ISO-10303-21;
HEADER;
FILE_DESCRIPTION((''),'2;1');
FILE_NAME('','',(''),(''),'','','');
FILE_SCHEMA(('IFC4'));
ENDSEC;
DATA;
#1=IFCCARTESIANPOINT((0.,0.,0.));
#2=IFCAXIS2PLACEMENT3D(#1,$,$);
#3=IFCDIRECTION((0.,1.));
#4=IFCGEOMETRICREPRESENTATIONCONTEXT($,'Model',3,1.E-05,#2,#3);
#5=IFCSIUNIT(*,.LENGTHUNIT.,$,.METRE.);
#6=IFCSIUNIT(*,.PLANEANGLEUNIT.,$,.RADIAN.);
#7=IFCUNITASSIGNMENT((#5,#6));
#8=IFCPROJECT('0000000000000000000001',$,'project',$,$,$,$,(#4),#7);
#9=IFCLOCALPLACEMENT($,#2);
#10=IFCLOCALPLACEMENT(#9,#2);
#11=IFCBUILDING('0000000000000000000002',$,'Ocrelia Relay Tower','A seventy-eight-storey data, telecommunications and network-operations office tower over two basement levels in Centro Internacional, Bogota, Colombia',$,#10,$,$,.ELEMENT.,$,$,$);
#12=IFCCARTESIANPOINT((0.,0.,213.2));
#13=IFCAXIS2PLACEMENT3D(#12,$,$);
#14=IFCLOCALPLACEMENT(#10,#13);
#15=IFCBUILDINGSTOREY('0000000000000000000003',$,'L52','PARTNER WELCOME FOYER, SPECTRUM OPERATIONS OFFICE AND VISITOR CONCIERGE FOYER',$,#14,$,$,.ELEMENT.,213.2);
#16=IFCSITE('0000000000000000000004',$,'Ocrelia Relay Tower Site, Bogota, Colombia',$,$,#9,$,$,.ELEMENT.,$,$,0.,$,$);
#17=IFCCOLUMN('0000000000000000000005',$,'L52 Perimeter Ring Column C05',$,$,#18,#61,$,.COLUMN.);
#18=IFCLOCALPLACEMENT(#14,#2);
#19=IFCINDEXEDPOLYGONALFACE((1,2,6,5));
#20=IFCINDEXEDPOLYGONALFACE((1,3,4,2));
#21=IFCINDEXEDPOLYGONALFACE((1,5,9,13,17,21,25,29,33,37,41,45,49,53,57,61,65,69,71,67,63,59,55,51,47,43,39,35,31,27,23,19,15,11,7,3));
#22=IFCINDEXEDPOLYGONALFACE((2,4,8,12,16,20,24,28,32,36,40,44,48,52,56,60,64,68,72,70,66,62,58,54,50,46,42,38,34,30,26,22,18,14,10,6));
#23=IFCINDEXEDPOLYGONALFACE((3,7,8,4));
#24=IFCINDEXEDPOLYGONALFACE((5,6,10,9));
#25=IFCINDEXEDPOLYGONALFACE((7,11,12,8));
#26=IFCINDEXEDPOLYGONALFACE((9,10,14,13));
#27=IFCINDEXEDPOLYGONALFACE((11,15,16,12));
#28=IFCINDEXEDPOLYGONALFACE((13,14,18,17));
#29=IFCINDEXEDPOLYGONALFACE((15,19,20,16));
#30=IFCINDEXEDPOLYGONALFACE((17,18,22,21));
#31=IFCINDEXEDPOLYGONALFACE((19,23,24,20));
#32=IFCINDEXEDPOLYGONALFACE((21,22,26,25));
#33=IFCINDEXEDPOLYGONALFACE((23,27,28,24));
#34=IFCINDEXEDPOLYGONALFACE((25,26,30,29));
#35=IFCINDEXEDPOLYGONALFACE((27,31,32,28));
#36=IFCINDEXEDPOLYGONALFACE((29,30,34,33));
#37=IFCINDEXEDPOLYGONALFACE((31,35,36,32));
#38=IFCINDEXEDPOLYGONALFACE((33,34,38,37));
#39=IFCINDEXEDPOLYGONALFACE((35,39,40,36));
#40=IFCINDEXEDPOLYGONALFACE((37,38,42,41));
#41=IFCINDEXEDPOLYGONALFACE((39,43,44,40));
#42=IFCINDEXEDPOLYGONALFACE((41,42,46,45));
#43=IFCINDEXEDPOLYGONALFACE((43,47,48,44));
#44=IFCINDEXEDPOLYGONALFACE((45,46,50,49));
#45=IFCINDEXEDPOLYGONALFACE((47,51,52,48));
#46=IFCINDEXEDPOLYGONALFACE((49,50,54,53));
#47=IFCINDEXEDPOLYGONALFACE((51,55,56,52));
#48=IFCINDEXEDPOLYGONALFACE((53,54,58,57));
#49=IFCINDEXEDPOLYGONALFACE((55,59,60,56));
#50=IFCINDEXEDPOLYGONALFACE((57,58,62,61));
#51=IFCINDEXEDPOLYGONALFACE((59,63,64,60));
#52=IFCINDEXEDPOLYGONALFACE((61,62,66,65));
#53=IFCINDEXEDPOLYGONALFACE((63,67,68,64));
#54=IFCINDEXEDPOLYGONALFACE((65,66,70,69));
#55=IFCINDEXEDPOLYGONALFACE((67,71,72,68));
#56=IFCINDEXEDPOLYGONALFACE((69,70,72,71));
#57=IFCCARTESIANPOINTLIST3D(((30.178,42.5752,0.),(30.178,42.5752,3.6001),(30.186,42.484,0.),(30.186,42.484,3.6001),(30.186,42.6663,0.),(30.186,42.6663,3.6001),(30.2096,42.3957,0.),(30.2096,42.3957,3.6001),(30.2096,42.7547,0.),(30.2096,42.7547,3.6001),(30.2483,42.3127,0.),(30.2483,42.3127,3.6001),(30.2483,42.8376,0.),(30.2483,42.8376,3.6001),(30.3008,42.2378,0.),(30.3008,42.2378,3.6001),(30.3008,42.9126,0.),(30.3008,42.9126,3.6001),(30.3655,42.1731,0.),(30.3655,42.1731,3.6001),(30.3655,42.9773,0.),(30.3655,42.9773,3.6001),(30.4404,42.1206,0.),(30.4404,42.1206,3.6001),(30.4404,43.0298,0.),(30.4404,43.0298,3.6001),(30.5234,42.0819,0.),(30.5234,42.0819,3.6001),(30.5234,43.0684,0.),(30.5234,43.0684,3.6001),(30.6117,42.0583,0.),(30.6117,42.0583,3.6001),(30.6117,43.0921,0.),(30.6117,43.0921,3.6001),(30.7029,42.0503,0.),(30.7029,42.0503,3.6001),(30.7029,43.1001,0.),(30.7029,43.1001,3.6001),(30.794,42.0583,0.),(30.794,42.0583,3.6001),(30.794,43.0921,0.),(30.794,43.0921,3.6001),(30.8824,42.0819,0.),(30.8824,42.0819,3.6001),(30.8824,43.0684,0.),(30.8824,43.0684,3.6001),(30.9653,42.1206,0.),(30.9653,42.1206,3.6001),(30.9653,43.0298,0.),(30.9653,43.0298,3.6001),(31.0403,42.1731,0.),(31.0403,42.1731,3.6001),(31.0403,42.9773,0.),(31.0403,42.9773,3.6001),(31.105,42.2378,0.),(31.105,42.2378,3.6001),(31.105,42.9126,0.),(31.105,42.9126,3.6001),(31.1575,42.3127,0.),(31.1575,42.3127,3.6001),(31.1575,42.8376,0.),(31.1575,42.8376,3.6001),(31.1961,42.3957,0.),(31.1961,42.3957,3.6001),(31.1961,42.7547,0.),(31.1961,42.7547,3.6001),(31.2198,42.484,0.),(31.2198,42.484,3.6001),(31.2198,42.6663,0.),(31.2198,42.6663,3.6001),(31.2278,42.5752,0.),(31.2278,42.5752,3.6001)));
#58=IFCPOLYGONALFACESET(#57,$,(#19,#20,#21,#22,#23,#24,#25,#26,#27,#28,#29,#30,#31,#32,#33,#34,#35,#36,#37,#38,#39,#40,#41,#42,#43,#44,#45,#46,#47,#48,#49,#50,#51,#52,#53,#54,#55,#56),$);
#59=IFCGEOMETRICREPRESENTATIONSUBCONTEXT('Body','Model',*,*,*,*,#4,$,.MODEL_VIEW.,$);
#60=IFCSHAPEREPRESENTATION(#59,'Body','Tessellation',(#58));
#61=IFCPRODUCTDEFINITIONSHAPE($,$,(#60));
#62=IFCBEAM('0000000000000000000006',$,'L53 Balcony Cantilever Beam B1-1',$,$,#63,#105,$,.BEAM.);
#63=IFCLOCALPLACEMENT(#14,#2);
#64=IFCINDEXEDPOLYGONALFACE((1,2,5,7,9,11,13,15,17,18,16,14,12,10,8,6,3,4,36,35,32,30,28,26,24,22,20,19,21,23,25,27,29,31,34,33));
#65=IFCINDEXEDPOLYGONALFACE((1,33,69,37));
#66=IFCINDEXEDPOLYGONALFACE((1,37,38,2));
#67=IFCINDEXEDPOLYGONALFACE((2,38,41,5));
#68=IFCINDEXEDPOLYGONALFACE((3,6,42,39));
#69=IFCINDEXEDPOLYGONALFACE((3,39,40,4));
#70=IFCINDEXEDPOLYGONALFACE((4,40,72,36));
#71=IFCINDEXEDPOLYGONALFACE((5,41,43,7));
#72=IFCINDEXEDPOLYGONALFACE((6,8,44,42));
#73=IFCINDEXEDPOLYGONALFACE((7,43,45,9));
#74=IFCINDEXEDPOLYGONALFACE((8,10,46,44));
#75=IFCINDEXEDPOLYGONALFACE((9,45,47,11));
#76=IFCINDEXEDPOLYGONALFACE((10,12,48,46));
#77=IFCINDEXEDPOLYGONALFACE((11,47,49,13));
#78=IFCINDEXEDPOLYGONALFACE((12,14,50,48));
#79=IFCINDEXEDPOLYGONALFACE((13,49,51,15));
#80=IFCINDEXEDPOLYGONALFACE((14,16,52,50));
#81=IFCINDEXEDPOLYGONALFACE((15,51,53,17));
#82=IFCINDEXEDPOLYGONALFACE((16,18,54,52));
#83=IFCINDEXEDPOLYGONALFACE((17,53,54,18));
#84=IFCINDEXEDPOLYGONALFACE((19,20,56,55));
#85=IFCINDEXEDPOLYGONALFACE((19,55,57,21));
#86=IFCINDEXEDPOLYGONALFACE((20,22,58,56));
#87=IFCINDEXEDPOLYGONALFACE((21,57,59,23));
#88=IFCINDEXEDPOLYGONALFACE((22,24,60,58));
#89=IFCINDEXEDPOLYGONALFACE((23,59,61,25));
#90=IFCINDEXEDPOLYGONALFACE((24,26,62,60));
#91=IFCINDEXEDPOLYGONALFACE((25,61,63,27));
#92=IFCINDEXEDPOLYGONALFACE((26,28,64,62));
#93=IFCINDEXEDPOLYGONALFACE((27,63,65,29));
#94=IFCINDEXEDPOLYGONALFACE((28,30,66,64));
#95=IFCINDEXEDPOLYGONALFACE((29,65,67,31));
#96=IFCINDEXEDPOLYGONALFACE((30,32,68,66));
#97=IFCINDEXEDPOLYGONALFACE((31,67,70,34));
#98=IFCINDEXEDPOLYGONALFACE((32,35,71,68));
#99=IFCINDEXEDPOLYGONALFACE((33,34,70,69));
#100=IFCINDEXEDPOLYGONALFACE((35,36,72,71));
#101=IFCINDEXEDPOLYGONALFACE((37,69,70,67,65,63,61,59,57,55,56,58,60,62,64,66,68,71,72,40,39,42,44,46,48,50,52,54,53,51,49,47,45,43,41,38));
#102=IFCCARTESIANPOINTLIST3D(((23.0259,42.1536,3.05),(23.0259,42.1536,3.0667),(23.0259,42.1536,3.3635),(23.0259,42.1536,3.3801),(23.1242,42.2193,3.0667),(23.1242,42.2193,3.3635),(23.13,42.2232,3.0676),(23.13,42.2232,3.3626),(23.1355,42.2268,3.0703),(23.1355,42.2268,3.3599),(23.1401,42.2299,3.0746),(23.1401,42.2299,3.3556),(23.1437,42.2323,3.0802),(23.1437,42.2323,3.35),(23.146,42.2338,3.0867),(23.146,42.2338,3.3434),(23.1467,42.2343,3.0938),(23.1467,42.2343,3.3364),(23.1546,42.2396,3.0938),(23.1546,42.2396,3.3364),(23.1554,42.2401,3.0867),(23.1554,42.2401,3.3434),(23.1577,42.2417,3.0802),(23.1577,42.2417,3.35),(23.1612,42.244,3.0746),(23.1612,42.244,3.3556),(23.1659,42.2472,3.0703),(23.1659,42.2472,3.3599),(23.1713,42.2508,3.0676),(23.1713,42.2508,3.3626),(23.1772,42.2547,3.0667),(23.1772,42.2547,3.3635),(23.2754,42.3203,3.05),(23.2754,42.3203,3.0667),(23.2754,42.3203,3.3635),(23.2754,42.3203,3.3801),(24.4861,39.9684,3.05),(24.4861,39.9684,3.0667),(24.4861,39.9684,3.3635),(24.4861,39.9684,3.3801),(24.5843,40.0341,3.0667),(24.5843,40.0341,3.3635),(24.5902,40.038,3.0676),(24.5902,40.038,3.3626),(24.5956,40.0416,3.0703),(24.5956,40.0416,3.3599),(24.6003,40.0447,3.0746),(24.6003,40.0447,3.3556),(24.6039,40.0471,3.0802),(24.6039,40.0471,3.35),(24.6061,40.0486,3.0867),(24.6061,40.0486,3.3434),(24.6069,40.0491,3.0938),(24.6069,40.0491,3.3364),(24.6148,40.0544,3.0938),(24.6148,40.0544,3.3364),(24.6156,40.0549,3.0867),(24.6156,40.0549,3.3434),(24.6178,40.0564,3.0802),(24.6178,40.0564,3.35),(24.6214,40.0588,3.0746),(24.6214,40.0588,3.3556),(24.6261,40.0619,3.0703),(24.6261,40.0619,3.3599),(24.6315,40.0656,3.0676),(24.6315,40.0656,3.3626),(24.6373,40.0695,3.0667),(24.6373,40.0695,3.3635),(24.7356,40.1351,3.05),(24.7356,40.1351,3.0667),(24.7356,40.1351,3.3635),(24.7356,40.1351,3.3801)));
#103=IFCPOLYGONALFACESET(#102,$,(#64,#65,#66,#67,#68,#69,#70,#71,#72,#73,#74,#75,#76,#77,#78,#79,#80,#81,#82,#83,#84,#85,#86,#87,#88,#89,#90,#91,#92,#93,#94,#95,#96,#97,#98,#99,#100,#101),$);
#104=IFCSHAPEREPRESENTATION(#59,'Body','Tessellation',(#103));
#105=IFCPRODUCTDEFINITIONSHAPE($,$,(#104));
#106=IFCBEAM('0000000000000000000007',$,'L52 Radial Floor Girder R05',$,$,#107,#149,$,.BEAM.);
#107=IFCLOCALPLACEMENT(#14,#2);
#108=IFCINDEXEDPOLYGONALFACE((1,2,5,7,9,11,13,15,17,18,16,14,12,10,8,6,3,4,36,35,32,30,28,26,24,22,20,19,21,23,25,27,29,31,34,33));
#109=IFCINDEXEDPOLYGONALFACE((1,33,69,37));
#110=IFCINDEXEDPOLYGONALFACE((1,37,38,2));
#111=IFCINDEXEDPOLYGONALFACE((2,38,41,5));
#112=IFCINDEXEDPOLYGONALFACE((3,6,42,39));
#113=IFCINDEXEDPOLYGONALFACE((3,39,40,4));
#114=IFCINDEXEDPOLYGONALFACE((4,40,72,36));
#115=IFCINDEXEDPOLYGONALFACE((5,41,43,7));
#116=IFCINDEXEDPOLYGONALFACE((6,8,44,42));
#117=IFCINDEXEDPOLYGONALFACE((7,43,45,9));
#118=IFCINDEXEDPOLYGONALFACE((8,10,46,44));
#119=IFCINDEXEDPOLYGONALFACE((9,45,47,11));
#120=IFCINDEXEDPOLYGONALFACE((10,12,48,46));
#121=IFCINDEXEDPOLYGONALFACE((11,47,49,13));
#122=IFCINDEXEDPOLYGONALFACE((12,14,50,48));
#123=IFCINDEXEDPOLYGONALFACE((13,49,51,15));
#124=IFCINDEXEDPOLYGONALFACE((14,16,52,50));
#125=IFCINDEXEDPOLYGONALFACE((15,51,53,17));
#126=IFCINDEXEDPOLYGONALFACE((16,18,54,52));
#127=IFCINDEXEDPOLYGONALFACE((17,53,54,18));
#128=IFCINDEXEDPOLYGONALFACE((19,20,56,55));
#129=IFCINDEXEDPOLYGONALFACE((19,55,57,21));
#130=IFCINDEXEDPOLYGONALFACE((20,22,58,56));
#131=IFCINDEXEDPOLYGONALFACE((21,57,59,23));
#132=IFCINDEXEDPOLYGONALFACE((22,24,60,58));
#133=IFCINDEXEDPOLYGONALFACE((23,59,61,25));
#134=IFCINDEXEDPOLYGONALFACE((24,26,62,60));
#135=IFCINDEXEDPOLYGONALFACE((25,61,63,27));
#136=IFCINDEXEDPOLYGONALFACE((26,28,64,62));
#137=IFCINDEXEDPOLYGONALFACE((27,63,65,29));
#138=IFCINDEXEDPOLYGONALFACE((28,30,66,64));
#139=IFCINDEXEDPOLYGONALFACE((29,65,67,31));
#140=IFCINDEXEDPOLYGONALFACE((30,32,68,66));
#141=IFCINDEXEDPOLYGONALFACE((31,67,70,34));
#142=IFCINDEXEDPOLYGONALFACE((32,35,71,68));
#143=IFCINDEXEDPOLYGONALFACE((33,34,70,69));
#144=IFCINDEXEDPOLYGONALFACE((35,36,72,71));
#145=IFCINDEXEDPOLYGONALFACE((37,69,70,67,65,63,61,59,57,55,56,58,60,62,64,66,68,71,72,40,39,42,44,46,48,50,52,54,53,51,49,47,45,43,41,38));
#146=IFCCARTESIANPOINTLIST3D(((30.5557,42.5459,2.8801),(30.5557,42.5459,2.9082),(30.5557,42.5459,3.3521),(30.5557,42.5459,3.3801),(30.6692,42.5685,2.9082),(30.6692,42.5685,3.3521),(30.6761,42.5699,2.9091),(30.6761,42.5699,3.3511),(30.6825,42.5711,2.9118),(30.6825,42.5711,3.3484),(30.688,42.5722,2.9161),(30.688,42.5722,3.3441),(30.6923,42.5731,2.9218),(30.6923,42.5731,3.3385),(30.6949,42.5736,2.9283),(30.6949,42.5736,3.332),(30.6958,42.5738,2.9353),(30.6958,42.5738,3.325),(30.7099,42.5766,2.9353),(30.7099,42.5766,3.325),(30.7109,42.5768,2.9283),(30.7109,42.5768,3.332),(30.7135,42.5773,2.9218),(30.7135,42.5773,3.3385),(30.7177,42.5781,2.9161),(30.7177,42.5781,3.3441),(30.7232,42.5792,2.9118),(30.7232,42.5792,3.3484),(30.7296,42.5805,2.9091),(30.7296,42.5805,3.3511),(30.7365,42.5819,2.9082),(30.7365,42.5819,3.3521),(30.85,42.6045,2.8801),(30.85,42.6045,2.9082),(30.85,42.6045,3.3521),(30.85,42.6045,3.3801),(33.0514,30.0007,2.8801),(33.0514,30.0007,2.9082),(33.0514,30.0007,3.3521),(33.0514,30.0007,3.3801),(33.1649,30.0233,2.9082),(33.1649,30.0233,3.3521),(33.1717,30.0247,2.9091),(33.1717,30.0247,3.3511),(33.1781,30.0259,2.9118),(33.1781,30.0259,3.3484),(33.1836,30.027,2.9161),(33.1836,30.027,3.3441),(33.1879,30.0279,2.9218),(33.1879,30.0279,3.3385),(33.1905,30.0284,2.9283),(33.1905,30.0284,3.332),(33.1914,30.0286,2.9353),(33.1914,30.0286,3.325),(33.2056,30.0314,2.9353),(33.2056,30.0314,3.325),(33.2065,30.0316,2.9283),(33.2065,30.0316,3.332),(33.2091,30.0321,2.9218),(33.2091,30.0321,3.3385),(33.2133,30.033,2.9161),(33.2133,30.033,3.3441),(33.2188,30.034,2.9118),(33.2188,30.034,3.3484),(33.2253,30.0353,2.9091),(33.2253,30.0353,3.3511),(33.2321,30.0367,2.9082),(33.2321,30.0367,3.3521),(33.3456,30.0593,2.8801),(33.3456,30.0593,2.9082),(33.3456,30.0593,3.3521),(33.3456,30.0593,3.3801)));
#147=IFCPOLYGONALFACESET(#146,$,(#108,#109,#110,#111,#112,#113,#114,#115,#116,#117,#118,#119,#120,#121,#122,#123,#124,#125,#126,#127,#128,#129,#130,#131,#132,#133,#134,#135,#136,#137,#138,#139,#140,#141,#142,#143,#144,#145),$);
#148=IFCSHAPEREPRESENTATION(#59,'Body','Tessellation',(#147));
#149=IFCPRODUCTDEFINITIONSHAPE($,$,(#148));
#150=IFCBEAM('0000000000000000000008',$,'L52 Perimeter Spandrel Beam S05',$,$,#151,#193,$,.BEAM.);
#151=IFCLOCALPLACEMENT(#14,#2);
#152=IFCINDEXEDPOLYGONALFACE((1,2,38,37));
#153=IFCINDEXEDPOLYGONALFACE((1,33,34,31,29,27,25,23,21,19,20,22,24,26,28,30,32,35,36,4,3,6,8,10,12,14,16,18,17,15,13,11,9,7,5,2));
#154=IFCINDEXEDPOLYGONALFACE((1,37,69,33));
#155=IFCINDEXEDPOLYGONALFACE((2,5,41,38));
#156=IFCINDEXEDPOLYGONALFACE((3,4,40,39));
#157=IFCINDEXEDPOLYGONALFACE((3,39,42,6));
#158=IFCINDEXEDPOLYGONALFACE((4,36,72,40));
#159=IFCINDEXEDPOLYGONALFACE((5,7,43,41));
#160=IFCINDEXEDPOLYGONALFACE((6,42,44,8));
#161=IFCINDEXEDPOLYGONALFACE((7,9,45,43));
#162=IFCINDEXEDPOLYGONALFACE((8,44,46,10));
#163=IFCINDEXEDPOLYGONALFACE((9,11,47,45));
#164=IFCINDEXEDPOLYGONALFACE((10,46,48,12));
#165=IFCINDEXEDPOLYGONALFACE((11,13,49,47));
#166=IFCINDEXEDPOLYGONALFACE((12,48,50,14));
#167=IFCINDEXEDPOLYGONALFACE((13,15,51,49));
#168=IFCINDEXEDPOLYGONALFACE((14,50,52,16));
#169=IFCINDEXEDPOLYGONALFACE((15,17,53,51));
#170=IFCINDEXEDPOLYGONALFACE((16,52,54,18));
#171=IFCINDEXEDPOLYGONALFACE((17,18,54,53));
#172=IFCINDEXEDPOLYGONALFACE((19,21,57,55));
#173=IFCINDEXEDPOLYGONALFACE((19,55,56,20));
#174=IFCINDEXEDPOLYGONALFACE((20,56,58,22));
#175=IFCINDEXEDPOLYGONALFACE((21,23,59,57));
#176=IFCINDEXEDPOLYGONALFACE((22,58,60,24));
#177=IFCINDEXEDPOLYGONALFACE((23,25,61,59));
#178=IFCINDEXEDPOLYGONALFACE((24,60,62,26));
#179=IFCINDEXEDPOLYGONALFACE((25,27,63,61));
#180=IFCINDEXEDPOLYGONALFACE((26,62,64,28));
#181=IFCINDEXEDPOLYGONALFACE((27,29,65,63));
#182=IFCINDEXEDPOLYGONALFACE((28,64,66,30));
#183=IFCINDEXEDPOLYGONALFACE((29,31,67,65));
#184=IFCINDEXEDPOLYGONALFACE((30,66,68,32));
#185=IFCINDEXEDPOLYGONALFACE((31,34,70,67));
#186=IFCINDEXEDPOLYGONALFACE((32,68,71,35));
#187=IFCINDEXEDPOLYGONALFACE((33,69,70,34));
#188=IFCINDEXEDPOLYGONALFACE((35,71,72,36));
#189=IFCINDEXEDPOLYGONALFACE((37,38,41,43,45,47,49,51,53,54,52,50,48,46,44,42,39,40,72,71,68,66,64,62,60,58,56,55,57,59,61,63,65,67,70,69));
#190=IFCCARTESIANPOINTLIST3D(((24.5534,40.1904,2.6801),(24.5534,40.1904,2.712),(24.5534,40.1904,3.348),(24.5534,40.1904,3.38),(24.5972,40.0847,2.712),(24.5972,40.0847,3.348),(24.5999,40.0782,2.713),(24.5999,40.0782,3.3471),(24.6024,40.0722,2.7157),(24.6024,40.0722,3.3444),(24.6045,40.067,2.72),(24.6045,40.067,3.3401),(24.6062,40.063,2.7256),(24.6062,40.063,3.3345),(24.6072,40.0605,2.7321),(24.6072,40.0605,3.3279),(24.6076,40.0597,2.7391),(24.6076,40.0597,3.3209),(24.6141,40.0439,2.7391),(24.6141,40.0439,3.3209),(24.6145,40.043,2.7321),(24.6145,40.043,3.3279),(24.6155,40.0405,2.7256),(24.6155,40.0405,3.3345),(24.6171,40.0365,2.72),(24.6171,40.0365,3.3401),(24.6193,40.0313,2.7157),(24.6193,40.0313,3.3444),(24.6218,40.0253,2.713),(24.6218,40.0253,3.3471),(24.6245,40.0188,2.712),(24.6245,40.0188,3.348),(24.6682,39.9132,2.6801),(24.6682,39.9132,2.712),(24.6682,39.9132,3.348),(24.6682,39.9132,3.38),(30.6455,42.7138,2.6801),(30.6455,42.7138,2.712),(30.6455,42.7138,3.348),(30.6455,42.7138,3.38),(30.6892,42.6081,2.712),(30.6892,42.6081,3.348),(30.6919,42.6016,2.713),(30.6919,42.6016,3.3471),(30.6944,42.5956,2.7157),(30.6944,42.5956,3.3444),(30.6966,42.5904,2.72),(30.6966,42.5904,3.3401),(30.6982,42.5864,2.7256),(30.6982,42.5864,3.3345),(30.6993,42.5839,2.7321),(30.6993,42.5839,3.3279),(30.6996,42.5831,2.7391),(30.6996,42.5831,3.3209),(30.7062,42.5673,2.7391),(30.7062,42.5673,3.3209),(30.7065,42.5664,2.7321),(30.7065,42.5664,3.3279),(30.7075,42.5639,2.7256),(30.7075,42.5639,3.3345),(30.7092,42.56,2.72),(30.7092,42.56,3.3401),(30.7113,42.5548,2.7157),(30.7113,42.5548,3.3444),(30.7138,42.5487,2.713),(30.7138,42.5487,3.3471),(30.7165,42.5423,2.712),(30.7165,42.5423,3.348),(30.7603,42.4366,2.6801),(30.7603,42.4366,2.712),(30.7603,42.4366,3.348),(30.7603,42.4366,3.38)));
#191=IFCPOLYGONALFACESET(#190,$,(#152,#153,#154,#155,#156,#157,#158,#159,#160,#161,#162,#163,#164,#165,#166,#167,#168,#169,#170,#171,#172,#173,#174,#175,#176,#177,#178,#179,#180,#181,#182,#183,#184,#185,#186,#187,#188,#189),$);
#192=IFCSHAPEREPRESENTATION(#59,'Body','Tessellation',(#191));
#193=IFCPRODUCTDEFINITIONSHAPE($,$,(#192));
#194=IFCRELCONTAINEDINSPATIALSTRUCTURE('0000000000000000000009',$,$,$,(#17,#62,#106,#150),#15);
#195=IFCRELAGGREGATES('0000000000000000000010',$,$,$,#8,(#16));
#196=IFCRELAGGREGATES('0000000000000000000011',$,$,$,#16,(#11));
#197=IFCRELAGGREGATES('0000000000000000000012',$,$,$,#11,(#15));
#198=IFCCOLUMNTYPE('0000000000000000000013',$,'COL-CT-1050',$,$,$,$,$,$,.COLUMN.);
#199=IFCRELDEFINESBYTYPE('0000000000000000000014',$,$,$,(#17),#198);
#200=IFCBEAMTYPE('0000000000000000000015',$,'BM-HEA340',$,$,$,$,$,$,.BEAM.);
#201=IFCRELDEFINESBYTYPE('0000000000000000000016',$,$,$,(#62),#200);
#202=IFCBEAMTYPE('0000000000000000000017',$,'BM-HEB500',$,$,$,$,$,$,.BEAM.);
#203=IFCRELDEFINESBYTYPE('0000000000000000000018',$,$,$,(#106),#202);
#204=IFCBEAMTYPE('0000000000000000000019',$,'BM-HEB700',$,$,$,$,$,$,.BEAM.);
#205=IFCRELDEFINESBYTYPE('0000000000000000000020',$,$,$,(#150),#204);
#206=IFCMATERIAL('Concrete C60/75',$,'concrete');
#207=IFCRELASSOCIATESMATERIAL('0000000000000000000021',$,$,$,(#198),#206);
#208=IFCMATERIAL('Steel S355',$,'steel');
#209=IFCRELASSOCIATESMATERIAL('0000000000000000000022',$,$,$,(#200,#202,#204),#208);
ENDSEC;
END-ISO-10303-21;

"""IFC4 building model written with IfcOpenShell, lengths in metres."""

from ifc_helpers import new_model, si_unit, direction, frame, origin, origin_2d, place, context, subcontext, project, spatial, circle, i_section, extrude, material, material_profile, profile_set, type_object, element, save


model = new_model("IFC4")

# Units and contexts
model_context = context("Model", 3, precision=1e-05, world=origin(), true_north=direction((0.0, 1.0)))
body_context = subcontext(model_context, "Body", "Model", "MODEL_VIEW")
ifc_project = project(units=[si_unit("LENGTHUNIT", "METRE"), si_unit("PLANEANGLEUNIT", "RADIAN")], contexts=[model_context])

# Site, building, storey
site_placement = place(None, origin())
site = spatial("IfcSite", under=ifc_project, at=site_placement, Name="Ocrelia Relay Tower Site, Bogota, Colombia", CompositionType="ELEMENT", RefElevation=0.0)
building_placement = place(site_placement, origin())
building = spatial("IfcBuilding", under=site, at=building_placement, Name="Ocrelia Relay Tower", Description="A seventy-eight-storey data, telecommunications and network-operations office tower over two basement levels in Centro Internacional, Bogota, Colombia", CompositionType="ELEMENT")
storey_placement = place(building_placement, frame((0.0, 0.0, 213.2)))
storey = spatial("IfcBuildingStorey", under=building, at=storey_placement, Name="L52", Description="PARTNER WELCOME FOYER, SPECTRUM OPERATIONS OFFICE AND VISITOR CONCIERGE FOYER", CompositionType="ELEMENT", Elevation=213.2)

# Column
ifc_material_1 = material(Name="Concrete C60/75", Category="concrete")
ifc_material_profile_1 = material_profile(ifc_material_1, circle(Radius=0.5249, at=origin_2d()), Name="RC-CIR-1050")
ifc_profile_set_1 = profile_set([ifc_material_profile_1], Name="Concrete C60/75")
column_type = type_object("IfcColumnType", Name="COL-CT-1050", PredefinedType="COLUMN", material=ifc_profile_set_1)
column_placement = place(storey_placement, frame((30.7029, 42.5752, 0.0), z_axis=(0.0, 0.0, 1.0), x_axis=(1.0, 0.0, 0.0)))
element("IfcColumn", 1, at=column_placement, inside=storey, type_object=column_type, Name="L52 Perimeter Ring Column C05", PredefinedType="COLUMN", context=body_context, shape_type="SweptSolid", body=[
    extrude(circle(Radius=0.5249, at=origin_2d()), origin(), (0.0, 0.0, 1.0), 3.6001),
])

# Beams
ifc_material_2 = material(Name="Steel S355", Category="steel")
ifc_material_profile_2 = material_profile(ifc_material_2, i_section(OverallWidth=0.3, OverallDepth=0.3301, WebThickness=0.0095, FlangeThickness=0.0166, FilletRadius=0.0271, at=origin_2d()), Name="HEA 340")
ifc_profile_set_2 = profile_set([ifc_material_profile_2], Name="Steel S355")
beam_type_1 = type_object("IfcBeamType", Name="BM-HEA340", PredefinedType="BEAM", material=ifc_profile_set_2)
beam_1_placement = place(storey_placement, frame((24.6108, 40.0518, 3.2151), z_axis=(-0.555579, 0.831464, 0.0), x_axis=(-0.831464, -0.555579, 0.0)))
element("IfcBeam", 2, at=beam_1_placement, inside=storey, type_object=beam_type_1, Name="L53 Balcony Cantilever Beam B1-1", PredefinedType="BEAM", context=body_context, shape_type="SweptSolid", body=[
    extrude(i_section(OverallWidth=0.3, OverallDepth=0.3301, WebThickness=0.0095, FlangeThickness=0.0166, FilletRadius=0.0271, at=origin_2d()), origin(), (0.0, 0.0, 1.0), 2.6282),
])
ifc_material_profile_3 = material_profile(ifc_material_2, i_section(OverallWidth=0.3, OverallDepth=0.5, WebThickness=0.0144, FlangeThickness=0.0281, FilletRadius=0.0271, at=origin_2d()), Name="HEB 500")
ifc_profile_set_3 = profile_set([ifc_material_profile_3], Name="Steel S355")
beam_type_2 = type_object("IfcBeamType", Name="BM-HEB500", PredefinedType="BEAM", material=ifc_profile_set_3)
beam_2_placement = place(storey_placement, frame((30.7029, 42.5752, 3.1301), z_axis=(0.195107, -0.980782, 0.0), x_axis=(0.980782, 0.195107, 0.0)))
element("IfcBeam", 3, at=beam_2_placement, inside=storey, type_object=beam_type_2, Name="L52 Radial Floor Girder R05", PredefinedType="BEAM", context=body_context, shape_type="SweptSolid", body=[
    extrude(i_section(OverallWidth=0.3, OverallDepth=0.5, WebThickness=0.0144, FlangeThickness=0.0281, FilletRadius=0.0271, at=origin_2d()), origin(), (0.0, 0.0, 1.0), 12.791),
])
ifc_material_profile_4 = material_profile(ifc_material_2, i_section(OverallWidth=0.3, OverallDepth=0.7, WebThickness=0.0171, FlangeThickness=0.032, FilletRadius=0.0271, at=origin_2d()), Name="HEB 700")
ifc_profile_set_4 = profile_set([ifc_material_profile_4], Name="Steel S355")
beam_type_3 = type_object("IfcBeamType", Name="BM-HEB700", PredefinedType="BEAM", material=ifc_profile_set_4)
beam_3_placement = place(storey_placement, frame((30.7029, 42.5752, 3.03), z_axis=(-0.923878, -0.382688, 0.0), x_axis=(0.382688, -0.923878, 0.0)))
element("IfcBeam", 4, at=beam_3_placement, inside=storey, type_object=beam_type_3, Name="L52 Perimeter Spandrel Beam S05", PredefinedType="BEAM", context=body_context, shape_type="SweptSolid", body=[
    extrude(i_section(OverallWidth=0.3, OverallDepth=0.7, WebThickness=0.0171, FlangeThickness=0.032, FilletRadius=0.0271, at=origin_2d()), origin(), (0.0, 0.0, 1.0), 6.594),
])

save(model, "model.ifc")
